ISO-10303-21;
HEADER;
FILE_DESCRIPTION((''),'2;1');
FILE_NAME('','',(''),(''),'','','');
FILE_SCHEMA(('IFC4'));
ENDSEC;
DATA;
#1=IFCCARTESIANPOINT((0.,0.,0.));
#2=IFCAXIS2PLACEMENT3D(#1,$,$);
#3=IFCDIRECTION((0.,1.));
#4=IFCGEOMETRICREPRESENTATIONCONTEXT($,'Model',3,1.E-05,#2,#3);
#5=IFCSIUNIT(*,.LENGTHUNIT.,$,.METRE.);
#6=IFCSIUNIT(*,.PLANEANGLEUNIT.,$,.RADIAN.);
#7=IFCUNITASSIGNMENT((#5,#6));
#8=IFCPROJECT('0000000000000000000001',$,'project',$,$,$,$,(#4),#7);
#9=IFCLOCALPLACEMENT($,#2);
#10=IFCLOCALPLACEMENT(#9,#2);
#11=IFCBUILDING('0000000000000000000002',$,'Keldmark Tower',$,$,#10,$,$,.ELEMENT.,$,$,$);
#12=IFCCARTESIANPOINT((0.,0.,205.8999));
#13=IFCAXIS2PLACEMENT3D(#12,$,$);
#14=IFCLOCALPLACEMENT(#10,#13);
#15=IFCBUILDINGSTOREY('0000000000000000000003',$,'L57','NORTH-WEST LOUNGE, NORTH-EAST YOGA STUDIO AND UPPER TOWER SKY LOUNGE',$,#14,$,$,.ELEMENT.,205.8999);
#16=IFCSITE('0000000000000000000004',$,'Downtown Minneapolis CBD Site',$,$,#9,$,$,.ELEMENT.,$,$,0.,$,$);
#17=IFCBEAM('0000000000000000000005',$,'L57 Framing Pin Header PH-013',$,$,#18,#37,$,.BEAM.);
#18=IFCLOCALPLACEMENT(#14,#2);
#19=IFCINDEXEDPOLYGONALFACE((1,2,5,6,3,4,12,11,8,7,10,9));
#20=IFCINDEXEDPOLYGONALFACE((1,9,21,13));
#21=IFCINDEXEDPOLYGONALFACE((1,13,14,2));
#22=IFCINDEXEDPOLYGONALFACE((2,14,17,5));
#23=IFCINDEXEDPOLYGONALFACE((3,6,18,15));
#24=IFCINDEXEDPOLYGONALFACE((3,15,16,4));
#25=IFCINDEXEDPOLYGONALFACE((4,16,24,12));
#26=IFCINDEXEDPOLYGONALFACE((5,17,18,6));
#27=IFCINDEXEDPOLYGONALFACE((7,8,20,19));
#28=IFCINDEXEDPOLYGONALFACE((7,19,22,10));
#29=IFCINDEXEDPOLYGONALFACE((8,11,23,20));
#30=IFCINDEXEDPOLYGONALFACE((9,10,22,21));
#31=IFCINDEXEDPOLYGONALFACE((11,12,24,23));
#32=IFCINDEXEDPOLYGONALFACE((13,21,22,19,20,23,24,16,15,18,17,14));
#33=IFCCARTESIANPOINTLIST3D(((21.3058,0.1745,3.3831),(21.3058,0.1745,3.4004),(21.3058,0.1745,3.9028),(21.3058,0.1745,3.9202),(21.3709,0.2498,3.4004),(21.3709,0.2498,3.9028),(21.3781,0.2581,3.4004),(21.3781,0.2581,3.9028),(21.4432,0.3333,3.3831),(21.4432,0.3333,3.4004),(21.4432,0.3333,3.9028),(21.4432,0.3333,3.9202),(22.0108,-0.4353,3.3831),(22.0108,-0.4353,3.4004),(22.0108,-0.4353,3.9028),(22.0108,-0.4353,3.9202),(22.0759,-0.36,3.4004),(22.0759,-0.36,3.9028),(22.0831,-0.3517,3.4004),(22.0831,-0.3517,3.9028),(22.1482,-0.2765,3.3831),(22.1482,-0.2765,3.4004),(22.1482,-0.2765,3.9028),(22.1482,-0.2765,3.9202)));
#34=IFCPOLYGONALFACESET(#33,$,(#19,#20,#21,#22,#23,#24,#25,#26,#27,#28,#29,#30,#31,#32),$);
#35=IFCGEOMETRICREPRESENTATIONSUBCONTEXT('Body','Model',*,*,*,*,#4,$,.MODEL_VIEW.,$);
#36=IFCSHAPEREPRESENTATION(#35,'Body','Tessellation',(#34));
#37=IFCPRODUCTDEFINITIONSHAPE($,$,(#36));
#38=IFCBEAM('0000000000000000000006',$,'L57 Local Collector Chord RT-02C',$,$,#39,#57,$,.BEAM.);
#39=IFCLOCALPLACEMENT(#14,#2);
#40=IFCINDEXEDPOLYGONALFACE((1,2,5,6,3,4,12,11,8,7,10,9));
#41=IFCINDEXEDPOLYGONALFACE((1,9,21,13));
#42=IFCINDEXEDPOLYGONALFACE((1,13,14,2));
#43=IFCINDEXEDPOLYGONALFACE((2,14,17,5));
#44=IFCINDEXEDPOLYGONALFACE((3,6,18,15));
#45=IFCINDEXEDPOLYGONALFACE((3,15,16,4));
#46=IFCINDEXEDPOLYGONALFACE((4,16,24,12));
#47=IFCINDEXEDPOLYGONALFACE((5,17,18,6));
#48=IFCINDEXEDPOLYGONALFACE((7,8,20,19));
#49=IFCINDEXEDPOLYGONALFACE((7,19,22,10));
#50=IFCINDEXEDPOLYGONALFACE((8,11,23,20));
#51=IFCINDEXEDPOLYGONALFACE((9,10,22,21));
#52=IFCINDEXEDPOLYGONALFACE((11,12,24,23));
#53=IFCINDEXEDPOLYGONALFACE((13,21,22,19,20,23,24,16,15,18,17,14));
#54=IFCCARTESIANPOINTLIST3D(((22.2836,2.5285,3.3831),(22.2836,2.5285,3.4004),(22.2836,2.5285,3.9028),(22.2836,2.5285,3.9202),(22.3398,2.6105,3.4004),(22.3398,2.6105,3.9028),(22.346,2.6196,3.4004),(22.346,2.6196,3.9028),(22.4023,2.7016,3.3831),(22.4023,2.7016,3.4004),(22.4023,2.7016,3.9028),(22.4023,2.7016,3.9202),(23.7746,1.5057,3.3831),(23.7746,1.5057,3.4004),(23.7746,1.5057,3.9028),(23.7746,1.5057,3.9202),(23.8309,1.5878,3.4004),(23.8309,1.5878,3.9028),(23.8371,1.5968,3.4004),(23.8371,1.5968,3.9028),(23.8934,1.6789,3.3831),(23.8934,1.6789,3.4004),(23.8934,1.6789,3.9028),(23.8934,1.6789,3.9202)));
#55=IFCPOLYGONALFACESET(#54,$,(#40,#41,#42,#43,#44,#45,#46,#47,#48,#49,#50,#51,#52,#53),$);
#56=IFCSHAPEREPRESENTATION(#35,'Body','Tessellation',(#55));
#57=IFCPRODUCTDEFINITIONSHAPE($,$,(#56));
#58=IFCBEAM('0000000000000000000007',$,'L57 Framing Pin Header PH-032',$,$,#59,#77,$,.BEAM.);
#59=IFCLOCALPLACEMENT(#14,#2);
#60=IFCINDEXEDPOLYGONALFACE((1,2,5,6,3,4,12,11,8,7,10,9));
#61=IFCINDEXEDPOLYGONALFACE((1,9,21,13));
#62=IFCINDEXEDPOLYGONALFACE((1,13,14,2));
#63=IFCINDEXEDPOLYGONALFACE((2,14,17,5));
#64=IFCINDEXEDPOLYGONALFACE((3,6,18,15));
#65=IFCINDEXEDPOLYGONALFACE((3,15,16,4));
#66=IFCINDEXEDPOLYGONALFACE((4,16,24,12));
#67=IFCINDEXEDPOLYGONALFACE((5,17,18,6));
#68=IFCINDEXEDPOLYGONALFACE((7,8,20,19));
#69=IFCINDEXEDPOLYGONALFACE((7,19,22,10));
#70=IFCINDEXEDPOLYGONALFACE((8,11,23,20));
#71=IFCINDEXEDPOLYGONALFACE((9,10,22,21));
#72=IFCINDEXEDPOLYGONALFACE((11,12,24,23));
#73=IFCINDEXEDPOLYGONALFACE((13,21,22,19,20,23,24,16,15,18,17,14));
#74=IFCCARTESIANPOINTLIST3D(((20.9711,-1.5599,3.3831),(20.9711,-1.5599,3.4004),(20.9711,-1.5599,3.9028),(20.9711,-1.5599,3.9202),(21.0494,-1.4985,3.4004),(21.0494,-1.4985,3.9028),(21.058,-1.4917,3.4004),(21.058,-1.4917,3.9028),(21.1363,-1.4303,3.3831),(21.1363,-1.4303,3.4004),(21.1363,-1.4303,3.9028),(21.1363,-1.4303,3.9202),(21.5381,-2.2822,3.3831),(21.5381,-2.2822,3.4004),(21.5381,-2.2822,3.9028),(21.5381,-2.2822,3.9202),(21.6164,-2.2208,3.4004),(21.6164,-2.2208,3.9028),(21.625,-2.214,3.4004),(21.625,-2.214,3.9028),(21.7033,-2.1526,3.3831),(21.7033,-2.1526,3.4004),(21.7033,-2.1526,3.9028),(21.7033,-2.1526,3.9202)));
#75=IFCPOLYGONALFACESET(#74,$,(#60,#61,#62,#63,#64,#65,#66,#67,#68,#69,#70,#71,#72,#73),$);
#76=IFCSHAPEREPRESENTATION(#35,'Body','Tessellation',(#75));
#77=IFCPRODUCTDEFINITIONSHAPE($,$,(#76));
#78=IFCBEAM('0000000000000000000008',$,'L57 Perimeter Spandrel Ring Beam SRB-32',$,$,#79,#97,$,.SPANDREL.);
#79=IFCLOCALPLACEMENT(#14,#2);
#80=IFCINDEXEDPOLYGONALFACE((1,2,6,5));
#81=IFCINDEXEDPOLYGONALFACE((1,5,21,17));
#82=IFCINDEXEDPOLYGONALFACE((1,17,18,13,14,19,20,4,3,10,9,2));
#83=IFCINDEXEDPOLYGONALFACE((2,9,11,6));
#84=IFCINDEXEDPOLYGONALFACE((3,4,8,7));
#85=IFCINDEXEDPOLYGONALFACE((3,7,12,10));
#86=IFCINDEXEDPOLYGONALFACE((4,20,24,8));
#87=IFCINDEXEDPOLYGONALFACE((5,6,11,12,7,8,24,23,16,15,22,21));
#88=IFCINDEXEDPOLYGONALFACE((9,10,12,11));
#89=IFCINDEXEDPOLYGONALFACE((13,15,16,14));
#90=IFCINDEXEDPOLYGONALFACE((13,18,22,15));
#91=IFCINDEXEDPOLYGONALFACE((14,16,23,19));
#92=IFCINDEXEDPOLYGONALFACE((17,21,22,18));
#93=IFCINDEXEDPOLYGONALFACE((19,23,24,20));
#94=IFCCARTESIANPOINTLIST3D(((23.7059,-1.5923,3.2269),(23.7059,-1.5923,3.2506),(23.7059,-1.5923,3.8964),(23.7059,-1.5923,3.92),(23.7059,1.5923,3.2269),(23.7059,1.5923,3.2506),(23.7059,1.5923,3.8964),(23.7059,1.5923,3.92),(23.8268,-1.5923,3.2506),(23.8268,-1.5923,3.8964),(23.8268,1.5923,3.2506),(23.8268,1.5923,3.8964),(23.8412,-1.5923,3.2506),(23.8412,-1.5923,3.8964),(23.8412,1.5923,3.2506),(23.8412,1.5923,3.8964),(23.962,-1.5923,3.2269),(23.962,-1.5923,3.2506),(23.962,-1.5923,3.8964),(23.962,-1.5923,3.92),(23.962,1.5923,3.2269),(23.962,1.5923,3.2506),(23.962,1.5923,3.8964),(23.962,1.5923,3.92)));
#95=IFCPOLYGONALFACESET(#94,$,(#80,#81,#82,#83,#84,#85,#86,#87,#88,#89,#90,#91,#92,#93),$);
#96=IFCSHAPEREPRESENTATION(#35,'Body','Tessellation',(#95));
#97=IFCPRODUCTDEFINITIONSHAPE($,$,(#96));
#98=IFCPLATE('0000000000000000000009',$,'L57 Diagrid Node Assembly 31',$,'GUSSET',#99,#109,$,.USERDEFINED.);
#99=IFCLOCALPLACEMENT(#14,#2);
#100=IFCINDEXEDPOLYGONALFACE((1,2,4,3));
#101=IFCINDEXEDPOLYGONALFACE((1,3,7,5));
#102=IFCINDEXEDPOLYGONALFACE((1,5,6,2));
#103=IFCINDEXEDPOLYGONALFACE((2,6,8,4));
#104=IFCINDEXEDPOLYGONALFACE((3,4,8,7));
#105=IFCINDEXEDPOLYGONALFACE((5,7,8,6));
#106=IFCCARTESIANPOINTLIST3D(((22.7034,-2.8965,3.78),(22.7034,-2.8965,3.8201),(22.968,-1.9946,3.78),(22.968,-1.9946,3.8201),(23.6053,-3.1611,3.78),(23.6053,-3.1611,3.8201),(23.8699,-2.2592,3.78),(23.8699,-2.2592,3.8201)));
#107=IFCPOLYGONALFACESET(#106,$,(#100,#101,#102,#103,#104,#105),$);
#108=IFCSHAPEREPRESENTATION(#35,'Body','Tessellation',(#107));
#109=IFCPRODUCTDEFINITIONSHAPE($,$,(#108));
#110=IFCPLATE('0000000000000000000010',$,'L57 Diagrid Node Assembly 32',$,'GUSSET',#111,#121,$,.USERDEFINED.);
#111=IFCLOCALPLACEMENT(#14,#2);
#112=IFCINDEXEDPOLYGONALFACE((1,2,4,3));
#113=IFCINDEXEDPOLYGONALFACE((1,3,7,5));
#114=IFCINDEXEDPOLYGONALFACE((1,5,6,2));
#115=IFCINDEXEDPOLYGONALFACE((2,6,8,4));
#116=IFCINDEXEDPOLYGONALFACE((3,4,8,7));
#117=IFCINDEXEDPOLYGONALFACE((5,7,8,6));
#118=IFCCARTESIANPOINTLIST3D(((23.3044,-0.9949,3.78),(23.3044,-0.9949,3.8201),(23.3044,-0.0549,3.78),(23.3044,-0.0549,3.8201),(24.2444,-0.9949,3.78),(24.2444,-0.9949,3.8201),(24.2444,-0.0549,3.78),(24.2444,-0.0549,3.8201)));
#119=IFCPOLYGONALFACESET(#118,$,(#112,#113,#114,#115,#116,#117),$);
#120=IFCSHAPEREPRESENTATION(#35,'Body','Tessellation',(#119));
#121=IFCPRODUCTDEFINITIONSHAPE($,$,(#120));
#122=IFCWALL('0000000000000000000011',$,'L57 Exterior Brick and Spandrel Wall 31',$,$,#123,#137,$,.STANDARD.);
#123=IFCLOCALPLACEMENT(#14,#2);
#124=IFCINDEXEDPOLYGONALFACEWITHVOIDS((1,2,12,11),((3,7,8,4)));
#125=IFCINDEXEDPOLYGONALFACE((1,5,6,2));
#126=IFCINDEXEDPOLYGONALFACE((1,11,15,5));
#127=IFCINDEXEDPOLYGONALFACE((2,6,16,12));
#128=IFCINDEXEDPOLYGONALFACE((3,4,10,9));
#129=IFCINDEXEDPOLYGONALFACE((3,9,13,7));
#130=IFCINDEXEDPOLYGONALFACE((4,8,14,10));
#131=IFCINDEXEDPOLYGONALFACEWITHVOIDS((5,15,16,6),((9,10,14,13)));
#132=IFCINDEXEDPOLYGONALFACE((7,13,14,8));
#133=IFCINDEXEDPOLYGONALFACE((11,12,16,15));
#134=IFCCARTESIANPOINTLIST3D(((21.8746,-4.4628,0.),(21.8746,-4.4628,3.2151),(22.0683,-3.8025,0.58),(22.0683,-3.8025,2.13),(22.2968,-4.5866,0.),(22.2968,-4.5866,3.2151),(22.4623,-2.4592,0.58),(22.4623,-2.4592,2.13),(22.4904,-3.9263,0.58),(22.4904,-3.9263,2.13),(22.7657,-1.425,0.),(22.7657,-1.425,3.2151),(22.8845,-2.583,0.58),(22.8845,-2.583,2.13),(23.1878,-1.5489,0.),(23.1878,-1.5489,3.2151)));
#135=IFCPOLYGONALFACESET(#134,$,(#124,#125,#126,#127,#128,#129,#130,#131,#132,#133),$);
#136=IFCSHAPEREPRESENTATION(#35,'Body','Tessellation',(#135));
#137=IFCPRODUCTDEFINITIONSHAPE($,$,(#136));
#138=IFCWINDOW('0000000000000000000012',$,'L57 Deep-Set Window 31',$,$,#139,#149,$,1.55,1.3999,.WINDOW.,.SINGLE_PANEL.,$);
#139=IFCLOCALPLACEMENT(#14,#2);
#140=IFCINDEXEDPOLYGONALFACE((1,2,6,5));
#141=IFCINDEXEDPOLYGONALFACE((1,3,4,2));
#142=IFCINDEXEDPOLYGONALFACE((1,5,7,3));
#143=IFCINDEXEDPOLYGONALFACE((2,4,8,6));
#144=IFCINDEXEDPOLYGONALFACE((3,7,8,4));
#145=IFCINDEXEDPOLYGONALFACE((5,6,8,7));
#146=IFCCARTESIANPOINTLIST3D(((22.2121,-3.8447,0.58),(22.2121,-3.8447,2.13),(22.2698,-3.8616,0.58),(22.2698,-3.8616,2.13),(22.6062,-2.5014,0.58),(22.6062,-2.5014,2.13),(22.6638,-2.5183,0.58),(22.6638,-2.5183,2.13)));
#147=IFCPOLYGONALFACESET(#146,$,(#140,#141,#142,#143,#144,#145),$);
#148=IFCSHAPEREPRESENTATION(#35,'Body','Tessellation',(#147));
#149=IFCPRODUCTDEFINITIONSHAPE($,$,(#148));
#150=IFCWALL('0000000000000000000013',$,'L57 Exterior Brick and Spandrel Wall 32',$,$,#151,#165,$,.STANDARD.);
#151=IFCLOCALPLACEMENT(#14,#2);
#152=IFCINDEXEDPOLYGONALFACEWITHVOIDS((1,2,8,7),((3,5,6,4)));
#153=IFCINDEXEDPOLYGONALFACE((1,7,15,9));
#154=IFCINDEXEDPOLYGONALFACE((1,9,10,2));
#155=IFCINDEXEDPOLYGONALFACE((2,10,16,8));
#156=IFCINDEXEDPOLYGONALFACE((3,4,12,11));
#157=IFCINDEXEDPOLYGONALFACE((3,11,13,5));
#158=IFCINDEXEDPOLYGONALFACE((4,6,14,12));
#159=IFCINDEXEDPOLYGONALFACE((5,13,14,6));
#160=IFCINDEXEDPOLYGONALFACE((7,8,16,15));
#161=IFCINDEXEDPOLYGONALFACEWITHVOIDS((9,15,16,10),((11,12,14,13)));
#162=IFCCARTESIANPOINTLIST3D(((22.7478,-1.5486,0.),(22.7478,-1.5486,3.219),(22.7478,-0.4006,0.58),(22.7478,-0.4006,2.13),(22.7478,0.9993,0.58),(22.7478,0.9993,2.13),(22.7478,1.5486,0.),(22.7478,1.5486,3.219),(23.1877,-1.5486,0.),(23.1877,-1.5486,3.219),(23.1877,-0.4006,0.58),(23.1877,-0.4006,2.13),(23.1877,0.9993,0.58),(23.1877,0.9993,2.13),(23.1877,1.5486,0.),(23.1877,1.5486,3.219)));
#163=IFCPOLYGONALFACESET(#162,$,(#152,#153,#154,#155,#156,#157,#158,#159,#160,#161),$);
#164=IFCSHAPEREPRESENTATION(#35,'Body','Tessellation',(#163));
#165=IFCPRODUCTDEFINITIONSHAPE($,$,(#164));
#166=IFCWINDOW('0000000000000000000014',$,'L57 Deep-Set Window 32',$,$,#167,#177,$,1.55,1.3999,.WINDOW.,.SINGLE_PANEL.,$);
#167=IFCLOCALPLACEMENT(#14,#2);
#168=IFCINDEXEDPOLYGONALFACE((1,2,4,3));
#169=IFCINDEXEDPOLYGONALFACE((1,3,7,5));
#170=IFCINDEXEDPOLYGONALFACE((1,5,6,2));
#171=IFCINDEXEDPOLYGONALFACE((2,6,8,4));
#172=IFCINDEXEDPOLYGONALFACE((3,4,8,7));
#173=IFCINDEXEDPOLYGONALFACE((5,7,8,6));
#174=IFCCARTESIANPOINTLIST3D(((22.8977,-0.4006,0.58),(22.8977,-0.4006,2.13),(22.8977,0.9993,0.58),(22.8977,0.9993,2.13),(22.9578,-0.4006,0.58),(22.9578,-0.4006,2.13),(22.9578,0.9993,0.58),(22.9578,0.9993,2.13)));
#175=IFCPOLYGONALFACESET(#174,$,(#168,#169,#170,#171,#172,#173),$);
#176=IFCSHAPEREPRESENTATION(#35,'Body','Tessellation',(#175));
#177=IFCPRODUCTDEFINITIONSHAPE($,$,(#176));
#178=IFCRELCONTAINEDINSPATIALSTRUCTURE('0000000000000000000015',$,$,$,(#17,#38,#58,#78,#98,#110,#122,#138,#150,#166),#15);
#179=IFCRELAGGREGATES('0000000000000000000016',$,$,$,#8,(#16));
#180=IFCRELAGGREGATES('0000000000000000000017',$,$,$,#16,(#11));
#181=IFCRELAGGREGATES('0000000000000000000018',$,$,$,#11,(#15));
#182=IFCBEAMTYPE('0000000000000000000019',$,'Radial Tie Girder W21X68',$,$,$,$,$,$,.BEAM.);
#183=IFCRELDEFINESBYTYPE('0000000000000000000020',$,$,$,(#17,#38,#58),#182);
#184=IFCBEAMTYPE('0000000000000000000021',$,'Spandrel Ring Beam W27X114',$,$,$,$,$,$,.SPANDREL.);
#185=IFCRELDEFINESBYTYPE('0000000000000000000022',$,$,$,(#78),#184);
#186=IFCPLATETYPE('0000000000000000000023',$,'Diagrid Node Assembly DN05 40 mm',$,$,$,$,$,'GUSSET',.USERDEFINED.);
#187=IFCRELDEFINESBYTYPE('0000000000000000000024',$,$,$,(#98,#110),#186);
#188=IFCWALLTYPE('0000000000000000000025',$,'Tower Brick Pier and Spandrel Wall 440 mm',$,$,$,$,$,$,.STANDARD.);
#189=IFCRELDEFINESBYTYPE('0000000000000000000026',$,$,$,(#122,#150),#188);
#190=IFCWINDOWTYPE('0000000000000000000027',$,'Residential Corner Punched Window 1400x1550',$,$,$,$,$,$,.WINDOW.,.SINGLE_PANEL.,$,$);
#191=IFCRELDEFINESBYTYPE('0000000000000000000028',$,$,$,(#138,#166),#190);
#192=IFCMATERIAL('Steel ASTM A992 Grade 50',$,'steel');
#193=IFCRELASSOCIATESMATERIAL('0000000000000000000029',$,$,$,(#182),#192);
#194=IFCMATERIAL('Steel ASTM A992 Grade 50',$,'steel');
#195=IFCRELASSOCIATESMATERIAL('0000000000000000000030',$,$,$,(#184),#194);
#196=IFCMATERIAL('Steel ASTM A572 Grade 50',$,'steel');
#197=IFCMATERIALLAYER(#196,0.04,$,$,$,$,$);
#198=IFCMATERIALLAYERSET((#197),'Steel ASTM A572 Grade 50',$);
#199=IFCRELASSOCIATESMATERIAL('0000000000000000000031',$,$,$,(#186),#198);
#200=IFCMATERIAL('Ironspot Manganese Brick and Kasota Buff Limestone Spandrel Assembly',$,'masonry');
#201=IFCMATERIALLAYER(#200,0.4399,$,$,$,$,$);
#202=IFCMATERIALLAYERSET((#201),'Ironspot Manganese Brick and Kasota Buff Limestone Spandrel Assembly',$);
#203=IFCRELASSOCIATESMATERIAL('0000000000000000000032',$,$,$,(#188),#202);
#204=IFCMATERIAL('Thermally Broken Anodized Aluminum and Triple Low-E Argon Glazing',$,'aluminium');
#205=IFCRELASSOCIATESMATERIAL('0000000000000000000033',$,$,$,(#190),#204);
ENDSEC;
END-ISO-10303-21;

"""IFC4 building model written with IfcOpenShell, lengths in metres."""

from ifc_helpers import new_model, si_unit, direction, frame, frame_2d, origin, origin_2d, place, context, subcontext, project, spatial, rectangle, i_section, extrude, material, layer, layer_set, material_profile, profile_set, type_object, element, fill, save


model = new_model("IFC4")

# Units and contexts
model_context = context("Model", 3, precision=1e-05, world=origin(), true_north=direction((0.0, 1.0)))
body_context = subcontext(model_context, "Body", "Model", "MODEL_VIEW")
ifc_project = project(units=[si_unit("LENGTHUNIT", "METRE"), si_unit("PLANEANGLEUNIT", "RADIAN")], contexts=[model_context])

# Site, building, storey
site_placement = place(None, origin())
site = spatial("IfcSite", under=ifc_project, at=site_placement, Name="Downtown Minneapolis CBD Site", CompositionType="ELEMENT", RefElevation=0.0)
building_placement = place(site_placement, origin())
building = spatial("IfcBuilding", under=site, at=building_placement, Name="Keldmark Tower", CompositionType="ELEMENT")
storey_placement = place(building_placement, frame((0.0, 0.0, 205.8999)))
storey = spatial("IfcBuildingStorey", under=building, at=storey_placement, Name="L57", Description="NORTH-WEST LOUNGE, NORTH-EAST YOGA STUDIO AND UPPER TOWER SKY LOUNGE", CompositionType="ELEMENT", Elevation=205.8999)

# Beams
ifc_material_1 = material(Name="Steel ASTM A992 Grade 50", Category="steel")
ifc_material_profile_1 = material_profile(ifc_material_1, i_section(OverallWidth=0.21, OverallDepth=0.5371, WebThickness=0.011, FlangeThickness=0.0173, at=origin_2d()), Name="W21X68")
ifc_profile_set_1 = profile_set([ifc_material_profile_1], Name="Steel ASTM A992 Grade 50")
beam_type_1 = type_object("IfcBeamType", Name="Radial Tie Girder W21X68", PredefinedType="BEAM", material=ifc_profile_set_1)
beam_1_placement = place(storey_placement, frame((21.3745, 0.2539, 3.6516), z_axis=(0.756328, -0.654192, 0.0), x_axis=(0.654192, 0.756328, 0.0)))
element("IfcBeam", 1, at=beam_1_placement, inside=storey, type_object=beam_type_1, Name="L57 Framing Pin Header PH-013", PredefinedType="BEAM", context=body_context, shape_type="SweptSolid", body=[
    extrude(i_section(OverallWidth=0.21, OverallDepth=0.5371, WebThickness=0.011, FlangeThickness=0.0173, at=origin_2d()), origin(), (0.0, 0.0, 1.0), 0.9321),
])
beam_2_placement = place(storey_placement, frame((23.834, 1.5923, 3.6516), z_axis=(-0.824644, 0.565652, 0.0), x_axis=(-0.565652, -0.824644, 0.0)))
element("IfcBeam", 2, at=beam_2_placement, inside=storey, type_object=beam_type_1, Name="L57 Local Collector Chord RT-02C", PredefinedType="BEAM", context=body_context, shape_type="SweptSolid", body=[
    extrude(i_section(OverallWidth=0.21, OverallDepth=0.5371, WebThickness=0.011, FlangeThickness=0.0173, at=origin_2d()), origin(), (0.0, 0.0, 1.0), 1.8081),
])
beam_3_placement = place(storey_placement, frame((21.0537, -1.4951, 3.6516), z_axis=(0.617469, -0.786595, 0.0), x_axis=(0.786595, 0.617469, 0.0)))
element("IfcBeam", 3, at=beam_3_placement, inside=storey, type_object=beam_type_1, Name="L57 Framing Pin Header PH-032", PredefinedType="BEAM", context=body_context, shape_type="SweptSolid", body=[
    extrude(i_section(OverallWidth=0.21, OverallDepth=0.5371, WebThickness=0.011, FlangeThickness=0.0173, at=origin_2d()), origin(), (0.0, 0.0, 1.0), 0.9182),
])
ifc_material_2 = material(Name="Steel ASTM A992 Grade 50", Category="steel")
ifc_material_profile_2 = material_profile(ifc_material_2, i_section(OverallWidth=0.2561, OverallDepth=0.6931, WebThickness=0.0144, FlangeThickness=0.0237, at=origin_2d()), Name="W27X114")
ifc_profile_set_2 = profile_set([ifc_material_profile_2], Name="Steel ASTM A992 Grade 50")
beam_type_2 = type_object("IfcBeamType", Name="Spandrel Ring Beam W27X114", PredefinedType="SPANDREL", material=ifc_profile_set_2)
beam_4_placement = place(storey_placement, frame((23.834, -1.5923, 3.5735), z_axis=(0.0, 1.0, 0.0), x_axis=(-1.0, 0.0, 0.0)))
element("IfcBeam", 4, at=beam_4_placement, inside=storey, type_object=beam_type_2, Name="L57 Perimeter Spandrel Ring Beam SRB-32", PredefinedType="SPANDREL", context=body_context, shape_type="SweptSolid", body=[
    extrude(i_section(OverallWidth=0.2561, OverallDepth=0.6931, WebThickness=0.0144, FlangeThickness=0.0237, at=origin_2d()), origin(), (0.0, 0.0, 1.0), 3.1846),
])

# Plates
ifc_material_3 = material(Name="Steel ASTM A572 Grade 50", Category="steel")
ifc_layer_1 = layer(ifc_material_3, 0.04)
ifc_layer_set_1 = layer_set([ifc_layer_1], Name="Steel ASTM A572 Grade 50")
plate_type = type_object("IfcPlateType", Name="Diagrid Node Assembly DN05 40 mm", ElementType="GUSSET", PredefinedType="USERDEFINED", material=ifc_layer_set_1)
for number, where, z_axis, x_axis, name in (
    (5, (23.2866, -2.5779, 3.78), (0.0, 0.0, 1.0), (0.281504, 0.95956, 0.0), "L57 Diagrid Node Assembly 31"),
    (6, (23.7744, -0.5249, 3.78), (0.0, 0.0, 1.0), (0.0, 1.0, 0.0), "L57 Diagrid Node Assembly 32"),
):
    element("IfcPlate", number, at=place(storey_placement, frame(where, z_axis=z_axis, x_axis=x_axis)), inside=storey, type_object=plate_type, Name=name, ObjectType="GUSSET", PredefinedType="USERDEFINED", context=body_context, shape_type="SweptSolid", body=[
        extrude(rectangle(XDim=0.9399, YDim=0.9399, at=origin_2d()), origin(), (0.0, 0.0, 1.0), 0.04),
    ])

# Walls, openings, windows
ifc_material_4 = material(Name="Ironspot Manganese Brick and Kasota Buff Limestone Spandrel Assembly", Category="masonry")
ifc_layer_2 = layer(ifc_material_4, 0.4399)
ifc_layer_set_2 = layer_set([ifc_layer_2], Name="Ironspot Manganese Brick and Kasota Buff Limestone Spandrel Assembly")
wall_type = type_object("IfcWallType", Name="Tower Brick Pier and Spandrel Wall 440 mm", PredefinedType="STANDARD", material=ifc_layer_set_2)
wall_1_placement = place(storey_placement, frame((22.9768, -1.4868, 0.0), z_axis=(0.0, 0.0, 1.0), x_axis=(-0.281477, -0.959568, 0.0)))
wall_1 = element("IfcWall", 7, at=wall_1_placement, inside=storey, type_object=wall_type, Name="L57 Exterior Brick and Spandrel Wall 31", PredefinedType="STANDARD", context=body_context, shape_type="SweptSolid", body=[
    extrude(rectangle(XDim=3.1658, YDim=0.4399, at=frame_2d((1.583, 0.0))), origin(), (0.0, 0.0, 1.0), 3.2151),
])
opening_1_placement = place(wall_1_placement, frame((1.0779, 0.0, 0.5801)))
opening_1 = element("IfcOpeningElement", 8, at=opening_1_placement, cuts=wall_1, PredefinedType="OPENING", context=body_context, shape_type="SweptSolid", body=[
    extrude(rectangle(XDim=1.3999, YDim=1.55, at=frame_2d((0.7, 0.7749))), frame((0.0, 0.23, 0.0), z_axis=(0.0, -1.0, 0.0), x_axis=(1.0, 0.0, 0.0)), (0.0, 0.0, 1.0), 0.46),
])
ifc_material_5 = material(Name="Thermally Broken Anodized Aluminum and Triple Low-E Argon Glazing", Category="aluminium")
window_type = type_object("IfcWindowType", Name="Residential Corner Punched Window 1400x1550", PartitioningType="SINGLE_PANEL", PredefinedType="WINDOW", material=ifc_material_5)
window_1_placement = place(opening_1_placement, origin())
window_1 = element("IfcWindow", 9, at=window_1_placement, inside=storey, type_object=window_type, Name="L57 Deep-Set Window 31", OverallHeight=1.55, OverallWidth=1.3999, PartitioningType="SINGLE_PANEL", PredefinedType="WINDOW", context=body_context, shape_type="SweptSolid", body=[
    extrude(rectangle(XDim=1.3999, YDim=1.55, at=frame_2d((0.7, 0.7749))), frame((0.0, -0.01, 0.0), z_axis=(0.0, -1.0, 0.0), x_axis=(1.0, 0.0, 0.0)), (0.0, 0.0, 1.0), 0.0601),
])
fill(opening_1, window_1)
wall_2_placement = place(storey_placement, frame((22.9678, 1.5486, 0.0), z_axis=(0.0, 0.0, 1.0), x_axis=(0.0, -1.0, 0.0)))
wall_2 = element("IfcWall", 10, at=wall_2_placement, inside=storey, type_object=wall_type, Name="L57 Exterior Brick and Spandrel Wall 32", PredefinedType="STANDARD", context=body_context, shape_type="SweptSolid", body=[
    extrude(rectangle(XDim=3.0972, YDim=0.4399, at=frame_2d((1.5486, 0.0))), origin(), (0.0, 0.0, 1.0), 3.219),
])
opening_2_placement = place(wall_2_placement, frame((0.5493, 0.0, 0.5801)))
opening_2 = element("IfcOpeningElement", 11, at=opening_2_placement, cuts=wall_2, PredefinedType="OPENING", context=body_context, shape_type="SweptSolid", body=[
    extrude(rectangle(XDim=1.3999, YDim=1.55, at=frame_2d((0.7, 0.7749))), frame((0.0, 0.23, 0.0), z_axis=(0.0, -1.0, 0.0), x_axis=(1.0, 0.0, 0.0)), (0.0, 0.0, 1.0), 0.46),
])
window_2_placement = place(opening_2_placement, origin())
window_2 = element("IfcWindow", 12, at=window_2_placement, inside=storey, type_object=window_type, Name="L57 Deep-Set Window 32", OverallHeight=1.55, OverallWidth=1.3999, PartitioningType="SINGLE_PANEL", PredefinedType="WINDOW", context=body_context, shape_type="SweptSolid", body=[
    extrude(rectangle(XDim=1.3999, YDim=1.55, at=frame_2d((0.7, 0.7749))), frame((0.0, -0.01, 0.0), z_axis=(0.0, -1.0, 0.0), x_axis=(1.0, 0.0, 0.0)), (0.0, 0.0, 1.0), 0.0601),
])
fill(opening_2, window_2)

save(model, "model.ifc")
